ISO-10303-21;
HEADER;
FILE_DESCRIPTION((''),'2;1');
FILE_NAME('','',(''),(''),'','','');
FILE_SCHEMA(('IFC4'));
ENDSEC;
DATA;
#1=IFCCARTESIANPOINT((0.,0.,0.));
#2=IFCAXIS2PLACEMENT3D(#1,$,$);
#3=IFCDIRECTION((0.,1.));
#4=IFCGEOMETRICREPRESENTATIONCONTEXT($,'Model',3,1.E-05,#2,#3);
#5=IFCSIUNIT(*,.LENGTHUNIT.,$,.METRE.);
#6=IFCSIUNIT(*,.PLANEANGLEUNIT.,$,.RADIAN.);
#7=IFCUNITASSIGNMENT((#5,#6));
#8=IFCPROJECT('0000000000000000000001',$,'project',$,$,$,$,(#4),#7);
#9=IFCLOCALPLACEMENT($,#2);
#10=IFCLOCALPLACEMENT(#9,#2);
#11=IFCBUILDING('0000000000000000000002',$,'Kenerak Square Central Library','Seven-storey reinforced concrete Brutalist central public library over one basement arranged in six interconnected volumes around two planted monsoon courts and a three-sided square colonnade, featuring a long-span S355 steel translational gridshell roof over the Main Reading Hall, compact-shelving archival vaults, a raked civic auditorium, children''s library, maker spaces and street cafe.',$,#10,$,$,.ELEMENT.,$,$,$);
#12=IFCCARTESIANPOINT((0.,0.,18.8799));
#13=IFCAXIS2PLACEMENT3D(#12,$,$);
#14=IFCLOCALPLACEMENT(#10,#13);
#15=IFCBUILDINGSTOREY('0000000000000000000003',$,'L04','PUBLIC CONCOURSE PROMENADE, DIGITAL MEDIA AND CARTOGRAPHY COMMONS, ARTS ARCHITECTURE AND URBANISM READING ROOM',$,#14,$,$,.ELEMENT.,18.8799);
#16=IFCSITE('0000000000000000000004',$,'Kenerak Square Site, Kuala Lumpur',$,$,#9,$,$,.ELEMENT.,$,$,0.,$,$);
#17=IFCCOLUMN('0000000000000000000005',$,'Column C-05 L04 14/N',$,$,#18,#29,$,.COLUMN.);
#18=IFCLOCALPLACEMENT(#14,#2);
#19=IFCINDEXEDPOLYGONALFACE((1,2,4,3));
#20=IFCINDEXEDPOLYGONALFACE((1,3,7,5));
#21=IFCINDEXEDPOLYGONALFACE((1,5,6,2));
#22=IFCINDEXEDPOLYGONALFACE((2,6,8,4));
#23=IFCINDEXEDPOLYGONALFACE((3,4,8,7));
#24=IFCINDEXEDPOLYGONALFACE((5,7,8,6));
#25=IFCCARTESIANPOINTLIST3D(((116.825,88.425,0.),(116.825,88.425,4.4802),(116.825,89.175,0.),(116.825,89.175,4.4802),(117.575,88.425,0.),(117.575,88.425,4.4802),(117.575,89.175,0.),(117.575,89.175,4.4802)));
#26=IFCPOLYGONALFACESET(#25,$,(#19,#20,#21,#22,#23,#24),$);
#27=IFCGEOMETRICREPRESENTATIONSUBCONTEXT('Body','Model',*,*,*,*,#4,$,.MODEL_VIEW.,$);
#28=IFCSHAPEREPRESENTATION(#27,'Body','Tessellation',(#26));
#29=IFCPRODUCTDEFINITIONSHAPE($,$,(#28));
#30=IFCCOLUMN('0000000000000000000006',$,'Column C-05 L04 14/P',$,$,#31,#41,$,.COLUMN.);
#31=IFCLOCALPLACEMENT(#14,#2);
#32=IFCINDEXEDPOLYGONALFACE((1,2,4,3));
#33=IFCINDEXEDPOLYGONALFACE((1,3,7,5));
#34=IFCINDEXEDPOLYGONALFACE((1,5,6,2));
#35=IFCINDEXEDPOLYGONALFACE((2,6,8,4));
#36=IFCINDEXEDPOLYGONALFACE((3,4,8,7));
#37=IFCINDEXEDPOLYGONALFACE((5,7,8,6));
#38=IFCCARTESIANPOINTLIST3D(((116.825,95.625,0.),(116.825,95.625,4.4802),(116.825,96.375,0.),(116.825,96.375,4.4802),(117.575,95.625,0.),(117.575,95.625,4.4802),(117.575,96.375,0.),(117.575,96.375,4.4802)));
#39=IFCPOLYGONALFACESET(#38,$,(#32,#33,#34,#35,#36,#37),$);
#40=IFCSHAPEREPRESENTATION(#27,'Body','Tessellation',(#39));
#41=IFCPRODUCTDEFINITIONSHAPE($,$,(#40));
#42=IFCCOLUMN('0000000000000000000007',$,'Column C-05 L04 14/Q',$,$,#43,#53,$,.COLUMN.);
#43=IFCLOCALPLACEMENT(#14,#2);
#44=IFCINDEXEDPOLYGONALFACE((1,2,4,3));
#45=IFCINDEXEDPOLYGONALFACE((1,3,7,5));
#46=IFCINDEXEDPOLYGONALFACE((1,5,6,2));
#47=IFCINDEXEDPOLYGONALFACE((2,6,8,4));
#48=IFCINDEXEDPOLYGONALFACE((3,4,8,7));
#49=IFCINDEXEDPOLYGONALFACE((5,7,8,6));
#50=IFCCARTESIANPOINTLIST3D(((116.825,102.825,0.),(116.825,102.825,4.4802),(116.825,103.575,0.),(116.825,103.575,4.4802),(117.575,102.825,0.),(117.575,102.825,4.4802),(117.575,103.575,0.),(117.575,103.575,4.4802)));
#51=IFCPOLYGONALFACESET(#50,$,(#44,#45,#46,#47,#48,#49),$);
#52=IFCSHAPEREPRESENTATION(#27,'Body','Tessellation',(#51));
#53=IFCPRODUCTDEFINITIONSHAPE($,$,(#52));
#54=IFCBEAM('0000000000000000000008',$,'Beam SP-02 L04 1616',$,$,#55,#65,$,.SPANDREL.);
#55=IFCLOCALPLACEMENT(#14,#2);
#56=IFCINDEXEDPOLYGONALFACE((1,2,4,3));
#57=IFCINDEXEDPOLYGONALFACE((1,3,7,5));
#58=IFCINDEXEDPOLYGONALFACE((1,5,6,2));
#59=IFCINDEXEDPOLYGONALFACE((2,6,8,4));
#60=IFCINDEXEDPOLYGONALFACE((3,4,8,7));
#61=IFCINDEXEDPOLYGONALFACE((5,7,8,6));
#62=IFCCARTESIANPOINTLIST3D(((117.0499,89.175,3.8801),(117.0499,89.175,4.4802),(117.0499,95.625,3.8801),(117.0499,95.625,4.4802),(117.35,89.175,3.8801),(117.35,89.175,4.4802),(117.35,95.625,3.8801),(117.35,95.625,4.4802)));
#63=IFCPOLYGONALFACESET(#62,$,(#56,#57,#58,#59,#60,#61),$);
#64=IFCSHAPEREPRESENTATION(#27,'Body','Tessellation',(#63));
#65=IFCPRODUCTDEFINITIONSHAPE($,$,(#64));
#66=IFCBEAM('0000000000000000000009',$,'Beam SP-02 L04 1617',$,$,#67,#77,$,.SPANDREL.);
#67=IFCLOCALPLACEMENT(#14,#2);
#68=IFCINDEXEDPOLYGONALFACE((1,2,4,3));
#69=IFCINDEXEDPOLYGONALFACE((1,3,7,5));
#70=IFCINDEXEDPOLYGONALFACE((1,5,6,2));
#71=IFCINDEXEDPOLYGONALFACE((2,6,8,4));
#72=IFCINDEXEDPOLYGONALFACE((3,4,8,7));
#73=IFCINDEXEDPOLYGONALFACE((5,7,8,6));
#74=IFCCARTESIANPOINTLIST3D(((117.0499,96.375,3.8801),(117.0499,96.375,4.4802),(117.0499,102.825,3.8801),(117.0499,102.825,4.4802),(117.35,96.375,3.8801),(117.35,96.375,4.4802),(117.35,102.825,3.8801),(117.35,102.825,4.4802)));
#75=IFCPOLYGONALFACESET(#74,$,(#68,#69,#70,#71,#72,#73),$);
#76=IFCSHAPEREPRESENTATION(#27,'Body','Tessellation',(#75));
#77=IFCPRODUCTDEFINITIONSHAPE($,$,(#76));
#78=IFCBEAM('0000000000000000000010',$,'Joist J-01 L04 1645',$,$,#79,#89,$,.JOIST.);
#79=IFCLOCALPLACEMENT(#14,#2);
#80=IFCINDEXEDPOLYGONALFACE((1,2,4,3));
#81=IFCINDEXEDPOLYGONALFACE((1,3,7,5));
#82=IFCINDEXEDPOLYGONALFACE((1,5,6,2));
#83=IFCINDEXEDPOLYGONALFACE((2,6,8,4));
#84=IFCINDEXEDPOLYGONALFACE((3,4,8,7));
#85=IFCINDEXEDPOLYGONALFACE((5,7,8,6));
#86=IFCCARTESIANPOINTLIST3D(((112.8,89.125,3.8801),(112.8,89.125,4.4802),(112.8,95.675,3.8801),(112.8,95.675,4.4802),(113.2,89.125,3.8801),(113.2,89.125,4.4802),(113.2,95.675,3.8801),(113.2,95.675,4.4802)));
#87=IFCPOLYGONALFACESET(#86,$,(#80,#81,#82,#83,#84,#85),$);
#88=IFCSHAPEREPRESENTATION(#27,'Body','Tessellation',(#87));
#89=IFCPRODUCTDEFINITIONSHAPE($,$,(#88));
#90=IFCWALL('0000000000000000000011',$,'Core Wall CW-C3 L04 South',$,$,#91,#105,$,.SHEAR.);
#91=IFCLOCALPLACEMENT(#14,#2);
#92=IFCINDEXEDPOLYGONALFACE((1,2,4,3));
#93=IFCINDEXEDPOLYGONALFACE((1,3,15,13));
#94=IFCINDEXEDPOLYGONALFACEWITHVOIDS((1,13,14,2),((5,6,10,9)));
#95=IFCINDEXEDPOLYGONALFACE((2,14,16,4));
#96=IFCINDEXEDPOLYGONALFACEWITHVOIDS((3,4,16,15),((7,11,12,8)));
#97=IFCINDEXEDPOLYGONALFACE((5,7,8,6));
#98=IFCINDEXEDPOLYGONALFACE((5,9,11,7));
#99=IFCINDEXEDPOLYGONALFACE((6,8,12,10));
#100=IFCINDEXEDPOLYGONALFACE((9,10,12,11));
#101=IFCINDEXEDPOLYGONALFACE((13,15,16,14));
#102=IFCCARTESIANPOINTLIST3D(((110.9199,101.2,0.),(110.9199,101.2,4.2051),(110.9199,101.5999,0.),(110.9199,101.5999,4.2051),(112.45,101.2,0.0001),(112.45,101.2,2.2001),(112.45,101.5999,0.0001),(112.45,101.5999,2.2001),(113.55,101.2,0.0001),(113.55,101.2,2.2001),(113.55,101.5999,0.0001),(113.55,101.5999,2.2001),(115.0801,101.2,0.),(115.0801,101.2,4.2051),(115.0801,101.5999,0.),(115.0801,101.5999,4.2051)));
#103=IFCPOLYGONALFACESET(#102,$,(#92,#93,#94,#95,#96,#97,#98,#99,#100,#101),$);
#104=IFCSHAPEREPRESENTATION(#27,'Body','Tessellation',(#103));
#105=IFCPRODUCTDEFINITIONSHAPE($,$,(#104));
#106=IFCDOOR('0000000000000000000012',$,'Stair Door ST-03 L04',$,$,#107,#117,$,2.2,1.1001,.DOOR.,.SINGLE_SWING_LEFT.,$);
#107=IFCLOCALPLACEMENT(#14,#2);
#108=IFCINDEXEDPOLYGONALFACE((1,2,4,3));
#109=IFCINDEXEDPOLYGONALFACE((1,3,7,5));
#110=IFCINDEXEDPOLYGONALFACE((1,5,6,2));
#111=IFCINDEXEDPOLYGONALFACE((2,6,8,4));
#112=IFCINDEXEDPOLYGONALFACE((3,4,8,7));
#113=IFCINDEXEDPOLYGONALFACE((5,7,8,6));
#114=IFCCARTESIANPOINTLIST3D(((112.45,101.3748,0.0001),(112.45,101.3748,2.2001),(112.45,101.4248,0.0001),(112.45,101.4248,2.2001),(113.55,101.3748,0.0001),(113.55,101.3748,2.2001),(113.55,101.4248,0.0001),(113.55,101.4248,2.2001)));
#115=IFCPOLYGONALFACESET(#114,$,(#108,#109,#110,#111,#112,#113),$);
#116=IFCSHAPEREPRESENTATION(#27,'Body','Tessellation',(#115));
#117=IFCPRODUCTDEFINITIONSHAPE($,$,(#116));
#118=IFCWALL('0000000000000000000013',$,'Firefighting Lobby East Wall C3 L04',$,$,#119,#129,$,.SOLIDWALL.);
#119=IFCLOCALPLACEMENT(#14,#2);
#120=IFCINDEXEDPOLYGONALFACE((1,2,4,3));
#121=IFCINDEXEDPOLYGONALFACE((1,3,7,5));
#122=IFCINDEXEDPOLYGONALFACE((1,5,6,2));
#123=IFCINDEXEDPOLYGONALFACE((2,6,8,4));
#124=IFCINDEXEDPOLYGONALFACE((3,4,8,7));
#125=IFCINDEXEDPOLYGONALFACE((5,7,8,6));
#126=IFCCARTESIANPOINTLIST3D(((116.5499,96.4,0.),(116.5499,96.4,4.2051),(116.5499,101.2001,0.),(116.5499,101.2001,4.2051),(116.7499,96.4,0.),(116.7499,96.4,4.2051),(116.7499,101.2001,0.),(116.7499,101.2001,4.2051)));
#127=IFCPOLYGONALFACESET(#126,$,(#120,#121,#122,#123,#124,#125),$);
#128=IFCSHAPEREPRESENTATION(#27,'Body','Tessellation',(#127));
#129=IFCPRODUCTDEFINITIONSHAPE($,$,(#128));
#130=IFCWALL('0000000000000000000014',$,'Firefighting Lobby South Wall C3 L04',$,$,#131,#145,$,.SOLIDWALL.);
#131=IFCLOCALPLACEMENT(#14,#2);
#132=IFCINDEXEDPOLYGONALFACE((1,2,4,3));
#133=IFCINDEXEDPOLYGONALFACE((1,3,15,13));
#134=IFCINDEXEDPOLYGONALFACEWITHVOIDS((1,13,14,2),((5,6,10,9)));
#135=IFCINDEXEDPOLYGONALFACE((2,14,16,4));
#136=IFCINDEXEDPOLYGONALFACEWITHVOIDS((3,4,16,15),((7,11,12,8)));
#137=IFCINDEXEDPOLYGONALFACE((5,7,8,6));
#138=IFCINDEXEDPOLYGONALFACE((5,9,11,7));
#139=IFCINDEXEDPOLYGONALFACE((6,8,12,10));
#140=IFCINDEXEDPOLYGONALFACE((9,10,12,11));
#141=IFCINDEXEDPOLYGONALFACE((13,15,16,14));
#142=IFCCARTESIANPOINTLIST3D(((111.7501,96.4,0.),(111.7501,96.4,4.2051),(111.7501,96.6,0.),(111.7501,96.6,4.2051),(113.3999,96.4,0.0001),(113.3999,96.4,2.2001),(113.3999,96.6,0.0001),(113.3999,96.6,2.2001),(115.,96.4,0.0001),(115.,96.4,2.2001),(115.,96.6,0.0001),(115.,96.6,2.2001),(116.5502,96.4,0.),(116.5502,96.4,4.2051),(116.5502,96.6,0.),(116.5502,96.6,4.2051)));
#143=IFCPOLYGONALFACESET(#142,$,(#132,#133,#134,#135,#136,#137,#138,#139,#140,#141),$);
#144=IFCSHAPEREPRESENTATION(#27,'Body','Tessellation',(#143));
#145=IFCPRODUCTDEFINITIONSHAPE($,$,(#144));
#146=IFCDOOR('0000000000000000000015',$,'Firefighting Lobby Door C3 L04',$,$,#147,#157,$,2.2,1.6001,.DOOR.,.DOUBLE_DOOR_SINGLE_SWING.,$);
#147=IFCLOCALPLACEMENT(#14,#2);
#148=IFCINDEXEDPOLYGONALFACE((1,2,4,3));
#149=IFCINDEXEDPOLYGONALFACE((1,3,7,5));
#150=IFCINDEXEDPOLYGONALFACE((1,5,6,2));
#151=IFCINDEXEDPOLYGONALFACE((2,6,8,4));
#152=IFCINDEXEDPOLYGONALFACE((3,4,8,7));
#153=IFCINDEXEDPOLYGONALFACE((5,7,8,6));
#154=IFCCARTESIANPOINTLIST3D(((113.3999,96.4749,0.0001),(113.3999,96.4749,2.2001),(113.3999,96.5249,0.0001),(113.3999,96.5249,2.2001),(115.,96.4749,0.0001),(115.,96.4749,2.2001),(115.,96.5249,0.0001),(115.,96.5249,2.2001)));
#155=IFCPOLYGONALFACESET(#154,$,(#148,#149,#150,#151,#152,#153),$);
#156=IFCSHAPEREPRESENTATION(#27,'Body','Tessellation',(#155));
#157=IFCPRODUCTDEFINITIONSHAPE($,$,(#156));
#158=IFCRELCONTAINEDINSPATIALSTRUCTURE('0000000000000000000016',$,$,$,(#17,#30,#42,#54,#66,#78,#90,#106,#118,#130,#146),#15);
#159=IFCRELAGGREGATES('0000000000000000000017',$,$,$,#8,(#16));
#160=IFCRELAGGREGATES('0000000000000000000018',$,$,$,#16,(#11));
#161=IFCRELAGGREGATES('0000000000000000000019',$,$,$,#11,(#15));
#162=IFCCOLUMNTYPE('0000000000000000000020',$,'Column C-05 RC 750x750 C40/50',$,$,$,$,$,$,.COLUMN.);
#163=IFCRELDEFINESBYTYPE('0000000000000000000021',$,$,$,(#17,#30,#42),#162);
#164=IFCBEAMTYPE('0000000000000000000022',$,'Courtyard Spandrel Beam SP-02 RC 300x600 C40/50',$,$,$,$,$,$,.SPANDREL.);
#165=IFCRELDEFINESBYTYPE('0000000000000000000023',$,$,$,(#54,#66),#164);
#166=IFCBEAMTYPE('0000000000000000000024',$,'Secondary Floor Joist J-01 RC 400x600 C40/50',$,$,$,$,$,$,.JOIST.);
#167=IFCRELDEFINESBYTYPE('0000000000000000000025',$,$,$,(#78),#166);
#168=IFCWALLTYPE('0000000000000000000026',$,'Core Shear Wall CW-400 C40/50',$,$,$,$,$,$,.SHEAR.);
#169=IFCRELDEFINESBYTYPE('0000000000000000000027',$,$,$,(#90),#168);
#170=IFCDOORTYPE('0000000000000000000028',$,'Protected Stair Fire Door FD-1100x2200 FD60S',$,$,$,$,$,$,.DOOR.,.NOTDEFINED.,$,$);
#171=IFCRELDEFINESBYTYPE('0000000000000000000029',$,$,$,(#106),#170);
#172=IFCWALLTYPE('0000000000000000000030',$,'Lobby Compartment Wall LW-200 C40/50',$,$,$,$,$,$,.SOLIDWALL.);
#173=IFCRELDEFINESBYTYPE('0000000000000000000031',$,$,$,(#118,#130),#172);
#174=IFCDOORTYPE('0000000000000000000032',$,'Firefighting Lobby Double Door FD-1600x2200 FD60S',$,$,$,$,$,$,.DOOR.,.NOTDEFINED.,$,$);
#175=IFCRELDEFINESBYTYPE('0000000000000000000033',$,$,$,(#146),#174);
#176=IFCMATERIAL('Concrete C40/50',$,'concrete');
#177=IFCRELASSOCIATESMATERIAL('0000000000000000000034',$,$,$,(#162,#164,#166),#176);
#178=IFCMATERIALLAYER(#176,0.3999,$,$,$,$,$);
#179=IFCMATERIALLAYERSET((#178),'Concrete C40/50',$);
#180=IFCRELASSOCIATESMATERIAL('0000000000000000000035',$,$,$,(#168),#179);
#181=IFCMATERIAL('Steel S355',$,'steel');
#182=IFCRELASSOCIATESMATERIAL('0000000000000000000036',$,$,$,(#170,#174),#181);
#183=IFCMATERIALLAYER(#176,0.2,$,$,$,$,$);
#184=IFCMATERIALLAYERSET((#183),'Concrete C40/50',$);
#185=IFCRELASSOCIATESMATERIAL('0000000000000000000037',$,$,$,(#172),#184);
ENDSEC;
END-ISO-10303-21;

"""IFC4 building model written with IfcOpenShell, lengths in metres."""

from ifc_helpers import new_model, si_unit, direction, frame, frame_2d, origin, origin_2d, place, context, subcontext, project, spatial, rectangle, extrude, material, layer, layer_set, material_profile, profile_set, type_object, element, fill, save


model = new_model("IFC4")

# Units and contexts
model_context = context("Model", 3, precision=1e-05, world=origin(), true_north=direction((0.0, 1.0)))
body_context = subcontext(model_context, "Body", "Model", "MODEL_VIEW")
ifc_project = project(units=[si_unit("LENGTHUNIT", "METRE"), si_unit("PLANEANGLEUNIT", "RADIAN")], contexts=[model_context])

# Site, building, storey
site_placement = place(None, origin())
site = spatial("IfcSite", under=ifc_project, at=site_placement, Name="Kenerak Square Site, Kuala Lumpur", CompositionType="ELEMENT", RefElevation=0.0)
building_placement = place(site_placement, origin())
building = spatial("IfcBuilding", under=site, at=building_placement, Name="Kenerak Square Central Library", Description="Seven-storey reinforced concrete Brutalist central public library over one basement arranged in six interconnected volumes around two planted monsoon courts and a three-sided square colonnade, featuring a long-span S355 steel translational gridshell roof over the Main Reading Hall, compact-shelving archival vaults, a raked civic auditorium, children's library, maker spaces and street cafe.", CompositionType="ELEMENT")
storey_placement = place(building_placement, frame((0.0, 0.0, 18.8799)))
storey = spatial("IfcBuildingStorey", under=building, at=storey_placement, Name="L04", Description="PUBLIC CONCOURSE PROMENADE, DIGITAL MEDIA AND CARTOGRAPHY COMMONS, ARTS ARCHITECTURE AND URBANISM READING ROOM", CompositionType="ELEMENT", Elevation=18.8799)

# Columns
ifc_material_1 = material(Name="Concrete C40/50", Category="concrete")
ifc_material_profile_1 = material_profile(ifc_material_1, rectangle(XDim=0.75, YDim=0.75, at=origin_2d()), Name="RC 750x750")
ifc_profile_set_1 = profile_set([ifc_material_profile_1], Name="Concrete C40/50")
column_type = type_object("IfcColumnType", Name="Column C-05 RC 750x750 C40/50", PredefinedType="COLUMN", material=ifc_profile_set_1)
for number, where, z_axis, x_axis, name in (
    (1, (117.2, 88.8, 0.0), (0.0, 0.0, 1.0), (1.0, 0.0, 0.0), "Column C-05 L04 14/N"),
    (2, (117.2, 96.0, 0.0), (0.0, 0.0, 1.0), (1.0, 0.0, 0.0), "Column C-05 L04 14/P"),
    (3, (117.2, 103.2, 0.0), (0.0, 0.0, 1.0), (1.0, 0.0, 0.0), "Column C-05 L04 14/Q"),
):
    element("IfcColumn", number, at=place(storey_placement, frame(where, z_axis=z_axis, x_axis=x_axis)), inside=storey, type_object=column_type, Name=name, PredefinedType="COLUMN", context=body_context, shape_type="SweptSolid", body=[
        extrude(rectangle(XDim=0.75, YDim=0.75, at=origin_2d()), origin(), (0.0, 0.0, 1.0), 4.4802),
    ])

# Beams
ifc_material_profile_2 = material_profile(ifc_material_1, rectangle(XDim=0.3, YDim=0.6001, at=origin_2d()), Name="RC 300x600")
ifc_profile_set_2 = profile_set([ifc_material_profile_2], Name="Concrete C40/50")
beam_type_1 = type_object("IfcBeamType", Name="Courtyard Spandrel Beam SP-02 RC 300x600 C40/50", PredefinedType="SPANDREL", material=ifc_profile_set_2)
for number, where, z_axis, x_axis, name in (
    (4, (117.2, 89.175, 4.1802), (0.0, 1.0, 0.0), (-1.0, 0.0, 0.0), "Beam SP-02 L04 1616"),
    (5, (117.2, 96.375, 4.1802), (0.0, 1.0, 0.0), (-1.0, 0.0, 0.0), "Beam SP-02 L04 1617"),
):
    element("IfcBeam", number, at=place(storey_placement, frame(where, z_axis=z_axis, x_axis=x_axis)), inside=storey, type_object=beam_type_1, Name=name, PredefinedType="SPANDREL", context=body_context, shape_type="SweptSolid", body=[
        extrude(rectangle(XDim=0.3, YDim=0.6001, at=origin_2d()), origin(), (0.0, 0.0, 1.0), 6.45),
    ])
ifc_material_profile_3 = material_profile(ifc_material_1, rectangle(XDim=0.3999, YDim=0.6001, at=origin_2d()), Name="RC 400x600")
ifc_profile_set_3 = profile_set([ifc_material_profile_3], Name="Concrete C40/50")
beam_type_2 = type_object("IfcBeamType", Name="Secondary Floor Joist J-01 RC 400x600 C40/50", PredefinedType="JOIST", material=ifc_profile_set_3)
beam_placement = place(storey_placement, frame((113.0, 89.125, 4.1802), z_axis=(0.0, 1.0, 0.0), x_axis=(-1.0, 0.0, 0.0)))
element("IfcBeam", 6, at=beam_placement, inside=storey, type_object=beam_type_2, Name="Joist J-01 L04 1645", PredefinedType="JOIST", context=body_context, shape_type="SweptSolid", body=[
    extrude(rectangle(XDim=0.3999, YDim=0.6001, at=origin_2d()), origin(), (0.0, 0.0, 1.0), 6.55),
])

# Wall, opening, door
ifc_layer_1 = layer(ifc_material_1, 0.3999)
ifc_layer_set_1 = layer_set([ifc_layer_1], Name="Concrete C40/50")
wall_type_1 = type_object("IfcWallType", Name="Core Shear Wall CW-400 C40/50", PredefinedType="SHEAR", material=ifc_layer_set_1)
wall_1_placement = place(storey_placement, frame((115.0801, 101.3999, 0.0), z_axis=(0.0, 0.0, 1.0), x_axis=(-1.0, 0.0, 0.0)))
wall_1 = element("IfcWall", 7, at=wall_1_placement, inside=storey, type_object=wall_type_1, Name="Core Wall CW-C3 L04 South", PredefinedType="SHEAR", context=body_context, shape_type="SweptSolid", body=[
    extrude(rectangle(XDim=4.1602, YDim=0.3999, at=frame_2d((2.0801, 0.0))), origin(), (0.0, 0.0, 1.0), 4.2051),
])
opening_1_placement = place(wall_1_placement, frame((1.53, 0.0, 0.0)))
opening_1 = element("IfcOpeningElement", 8, at=opening_1_placement, cuts=wall_1, PredefinedType="OPENING", context=body_context, shape_type="SweptSolid", body=[
    extrude(rectangle(XDim=1.1001, YDim=2.2, at=frame_2d((0.55, 1.1001))), frame((0.0, 0.21, 0.0), z_axis=(0.0, -1.0, 0.0), x_axis=(1.0, 0.0, 0.0)), (0.0, 0.0, 1.0), 0.4199),
])
ifc_material_2 = material(Name="Steel S355", Category="steel")
door_type_1 = type_object("IfcDoorType", Name="Protected Stair Fire Door FD-1100x2200 FD60S", OperationType="NOTDEFINED", PredefinedType="DOOR", material=ifc_material_2)
door_1_placement = place(opening_1_placement, frame((1.1001, 0.0, 0.0), z_axis=(0.0, 0.0, 1.0), x_axis=(-1.0, 0.0, 0.0)))
door_1 = element("IfcDoor", 9, at=door_1_placement, inside=storey, type_object=door_type_1, Name="Stair Door ST-03 L04", OperationType="SINGLE_SWING_LEFT", OverallHeight=2.2, OverallWidth=1.1001, PredefinedType="DOOR", context=body_context, shape_type="SweptSolid", body=[
    extrude(rectangle(XDim=1.1001, YDim=2.2, at=frame_2d((0.55, 1.1001))), frame((0.0, 0.0249, 0.0), z_axis=(0.0, -1.0, 0.0), x_axis=(1.0, 0.0, 0.0)), (0.0, 0.0, 1.0), 0.05),
])
fill(opening_1, door_1)

# Wall
ifc_layer_2 = layer(ifc_material_1, 0.2)
ifc_layer_set_2 = layer_set([ifc_layer_2], Name="Concrete C40/50")
wall_type_2 = type_object("IfcWallType", Name="Lobby Compartment Wall LW-200 C40/50", PredefinedType="SOLIDWALL", material=ifc_layer_set_2)
wall_2_placement = place(storey_placement, frame((116.6499, 101.2, 0.0), z_axis=(0.0, 0.0, 1.0), x_axis=(0.0, -1.0, 0.0)))
element("IfcWall", 10, at=wall_2_placement, inside=storey, type_object=wall_type_2, Name="Firefighting Lobby East Wall C3 L04", PredefinedType="SOLIDWALL", context=body_context, shape_type="SweptSolid", body=[
    extrude(rectangle(XDim=4.8, YDim=0.2, at=frame_2d((2.3999, 0.0))), origin(), (0.0, 0.0, 1.0), 4.2051),
])

# Wall, opening, door
wall_3_placement = place(storey_placement, frame((116.55, 96.5, 0.0), z_axis=(0.0, 0.0, 1.0), x_axis=(-1.0, 0.0, 0.0)))
wall_3 = element("IfcWall", 11, at=wall_3_placement, inside=storey, type_object=wall_type_2, Name="Firefighting Lobby South Wall C3 L04", PredefinedType="SOLIDWALL", context=body_context, shape_type="SweptSolid", body=[
    extrude(rectangle(XDim=4.8, YDim=0.2, at=frame_2d((2.3999, 0.0))), origin(), (0.0, 0.0, 1.0), 4.2051),
])
opening_2_placement = place(wall_3_placement, frame((1.55, 0.0, 0.0)))
opening_2 = element("IfcOpeningElement", 12, at=opening_2_placement, cuts=wall_3, PredefinedType="OPENING", context=body_context, shape_type="SweptSolid", body=[
    extrude(rectangle(XDim=1.6001, YDim=2.2, at=frame_2d((0.8, 1.1001))), frame((0.0, 0.1099, 0.0), z_axis=(0.0, -1.0, 0.0), x_axis=(1.0, 0.0, 0.0)), (0.0, 0.0, 1.0), 0.22),
])
door_type_2 = type_object("IfcDoorType", Name="Firefighting Lobby Double Door FD-1600x2200 FD60S", OperationType="NOTDEFINED", PredefinedType="DOOR", material=ifc_material_2)
door_2_placement = place(opening_2_placement, frame((1.6001, 0.0, 0.0), z_axis=(0.0, 0.0, 1.0), x_axis=(-1.0, 0.0, 0.0)))
door_2 = element("IfcDoor", 13, at=door_2_placement, inside=storey, type_object=door_type_2, Name="Firefighting Lobby Door C3 L04", OperationType="DOUBLE_DOOR_SINGLE_SWING", OverallHeight=2.2, OverallWidth=1.6001, PredefinedType="DOOR", context=body_context, shape_type="SweptSolid", body=[
    extrude(rectangle(XDim=1.6001, YDim=2.2, at=frame_2d((0.8, 1.1001))), frame((0.0, 0.0249, 0.0), z_axis=(0.0, -1.0, 0.0), x_axis=(1.0, 0.0, 0.0)), (0.0, 0.0, 1.0), 0.05),
])
fill(opening_2, door_2)

save(model, "model.ifc")
